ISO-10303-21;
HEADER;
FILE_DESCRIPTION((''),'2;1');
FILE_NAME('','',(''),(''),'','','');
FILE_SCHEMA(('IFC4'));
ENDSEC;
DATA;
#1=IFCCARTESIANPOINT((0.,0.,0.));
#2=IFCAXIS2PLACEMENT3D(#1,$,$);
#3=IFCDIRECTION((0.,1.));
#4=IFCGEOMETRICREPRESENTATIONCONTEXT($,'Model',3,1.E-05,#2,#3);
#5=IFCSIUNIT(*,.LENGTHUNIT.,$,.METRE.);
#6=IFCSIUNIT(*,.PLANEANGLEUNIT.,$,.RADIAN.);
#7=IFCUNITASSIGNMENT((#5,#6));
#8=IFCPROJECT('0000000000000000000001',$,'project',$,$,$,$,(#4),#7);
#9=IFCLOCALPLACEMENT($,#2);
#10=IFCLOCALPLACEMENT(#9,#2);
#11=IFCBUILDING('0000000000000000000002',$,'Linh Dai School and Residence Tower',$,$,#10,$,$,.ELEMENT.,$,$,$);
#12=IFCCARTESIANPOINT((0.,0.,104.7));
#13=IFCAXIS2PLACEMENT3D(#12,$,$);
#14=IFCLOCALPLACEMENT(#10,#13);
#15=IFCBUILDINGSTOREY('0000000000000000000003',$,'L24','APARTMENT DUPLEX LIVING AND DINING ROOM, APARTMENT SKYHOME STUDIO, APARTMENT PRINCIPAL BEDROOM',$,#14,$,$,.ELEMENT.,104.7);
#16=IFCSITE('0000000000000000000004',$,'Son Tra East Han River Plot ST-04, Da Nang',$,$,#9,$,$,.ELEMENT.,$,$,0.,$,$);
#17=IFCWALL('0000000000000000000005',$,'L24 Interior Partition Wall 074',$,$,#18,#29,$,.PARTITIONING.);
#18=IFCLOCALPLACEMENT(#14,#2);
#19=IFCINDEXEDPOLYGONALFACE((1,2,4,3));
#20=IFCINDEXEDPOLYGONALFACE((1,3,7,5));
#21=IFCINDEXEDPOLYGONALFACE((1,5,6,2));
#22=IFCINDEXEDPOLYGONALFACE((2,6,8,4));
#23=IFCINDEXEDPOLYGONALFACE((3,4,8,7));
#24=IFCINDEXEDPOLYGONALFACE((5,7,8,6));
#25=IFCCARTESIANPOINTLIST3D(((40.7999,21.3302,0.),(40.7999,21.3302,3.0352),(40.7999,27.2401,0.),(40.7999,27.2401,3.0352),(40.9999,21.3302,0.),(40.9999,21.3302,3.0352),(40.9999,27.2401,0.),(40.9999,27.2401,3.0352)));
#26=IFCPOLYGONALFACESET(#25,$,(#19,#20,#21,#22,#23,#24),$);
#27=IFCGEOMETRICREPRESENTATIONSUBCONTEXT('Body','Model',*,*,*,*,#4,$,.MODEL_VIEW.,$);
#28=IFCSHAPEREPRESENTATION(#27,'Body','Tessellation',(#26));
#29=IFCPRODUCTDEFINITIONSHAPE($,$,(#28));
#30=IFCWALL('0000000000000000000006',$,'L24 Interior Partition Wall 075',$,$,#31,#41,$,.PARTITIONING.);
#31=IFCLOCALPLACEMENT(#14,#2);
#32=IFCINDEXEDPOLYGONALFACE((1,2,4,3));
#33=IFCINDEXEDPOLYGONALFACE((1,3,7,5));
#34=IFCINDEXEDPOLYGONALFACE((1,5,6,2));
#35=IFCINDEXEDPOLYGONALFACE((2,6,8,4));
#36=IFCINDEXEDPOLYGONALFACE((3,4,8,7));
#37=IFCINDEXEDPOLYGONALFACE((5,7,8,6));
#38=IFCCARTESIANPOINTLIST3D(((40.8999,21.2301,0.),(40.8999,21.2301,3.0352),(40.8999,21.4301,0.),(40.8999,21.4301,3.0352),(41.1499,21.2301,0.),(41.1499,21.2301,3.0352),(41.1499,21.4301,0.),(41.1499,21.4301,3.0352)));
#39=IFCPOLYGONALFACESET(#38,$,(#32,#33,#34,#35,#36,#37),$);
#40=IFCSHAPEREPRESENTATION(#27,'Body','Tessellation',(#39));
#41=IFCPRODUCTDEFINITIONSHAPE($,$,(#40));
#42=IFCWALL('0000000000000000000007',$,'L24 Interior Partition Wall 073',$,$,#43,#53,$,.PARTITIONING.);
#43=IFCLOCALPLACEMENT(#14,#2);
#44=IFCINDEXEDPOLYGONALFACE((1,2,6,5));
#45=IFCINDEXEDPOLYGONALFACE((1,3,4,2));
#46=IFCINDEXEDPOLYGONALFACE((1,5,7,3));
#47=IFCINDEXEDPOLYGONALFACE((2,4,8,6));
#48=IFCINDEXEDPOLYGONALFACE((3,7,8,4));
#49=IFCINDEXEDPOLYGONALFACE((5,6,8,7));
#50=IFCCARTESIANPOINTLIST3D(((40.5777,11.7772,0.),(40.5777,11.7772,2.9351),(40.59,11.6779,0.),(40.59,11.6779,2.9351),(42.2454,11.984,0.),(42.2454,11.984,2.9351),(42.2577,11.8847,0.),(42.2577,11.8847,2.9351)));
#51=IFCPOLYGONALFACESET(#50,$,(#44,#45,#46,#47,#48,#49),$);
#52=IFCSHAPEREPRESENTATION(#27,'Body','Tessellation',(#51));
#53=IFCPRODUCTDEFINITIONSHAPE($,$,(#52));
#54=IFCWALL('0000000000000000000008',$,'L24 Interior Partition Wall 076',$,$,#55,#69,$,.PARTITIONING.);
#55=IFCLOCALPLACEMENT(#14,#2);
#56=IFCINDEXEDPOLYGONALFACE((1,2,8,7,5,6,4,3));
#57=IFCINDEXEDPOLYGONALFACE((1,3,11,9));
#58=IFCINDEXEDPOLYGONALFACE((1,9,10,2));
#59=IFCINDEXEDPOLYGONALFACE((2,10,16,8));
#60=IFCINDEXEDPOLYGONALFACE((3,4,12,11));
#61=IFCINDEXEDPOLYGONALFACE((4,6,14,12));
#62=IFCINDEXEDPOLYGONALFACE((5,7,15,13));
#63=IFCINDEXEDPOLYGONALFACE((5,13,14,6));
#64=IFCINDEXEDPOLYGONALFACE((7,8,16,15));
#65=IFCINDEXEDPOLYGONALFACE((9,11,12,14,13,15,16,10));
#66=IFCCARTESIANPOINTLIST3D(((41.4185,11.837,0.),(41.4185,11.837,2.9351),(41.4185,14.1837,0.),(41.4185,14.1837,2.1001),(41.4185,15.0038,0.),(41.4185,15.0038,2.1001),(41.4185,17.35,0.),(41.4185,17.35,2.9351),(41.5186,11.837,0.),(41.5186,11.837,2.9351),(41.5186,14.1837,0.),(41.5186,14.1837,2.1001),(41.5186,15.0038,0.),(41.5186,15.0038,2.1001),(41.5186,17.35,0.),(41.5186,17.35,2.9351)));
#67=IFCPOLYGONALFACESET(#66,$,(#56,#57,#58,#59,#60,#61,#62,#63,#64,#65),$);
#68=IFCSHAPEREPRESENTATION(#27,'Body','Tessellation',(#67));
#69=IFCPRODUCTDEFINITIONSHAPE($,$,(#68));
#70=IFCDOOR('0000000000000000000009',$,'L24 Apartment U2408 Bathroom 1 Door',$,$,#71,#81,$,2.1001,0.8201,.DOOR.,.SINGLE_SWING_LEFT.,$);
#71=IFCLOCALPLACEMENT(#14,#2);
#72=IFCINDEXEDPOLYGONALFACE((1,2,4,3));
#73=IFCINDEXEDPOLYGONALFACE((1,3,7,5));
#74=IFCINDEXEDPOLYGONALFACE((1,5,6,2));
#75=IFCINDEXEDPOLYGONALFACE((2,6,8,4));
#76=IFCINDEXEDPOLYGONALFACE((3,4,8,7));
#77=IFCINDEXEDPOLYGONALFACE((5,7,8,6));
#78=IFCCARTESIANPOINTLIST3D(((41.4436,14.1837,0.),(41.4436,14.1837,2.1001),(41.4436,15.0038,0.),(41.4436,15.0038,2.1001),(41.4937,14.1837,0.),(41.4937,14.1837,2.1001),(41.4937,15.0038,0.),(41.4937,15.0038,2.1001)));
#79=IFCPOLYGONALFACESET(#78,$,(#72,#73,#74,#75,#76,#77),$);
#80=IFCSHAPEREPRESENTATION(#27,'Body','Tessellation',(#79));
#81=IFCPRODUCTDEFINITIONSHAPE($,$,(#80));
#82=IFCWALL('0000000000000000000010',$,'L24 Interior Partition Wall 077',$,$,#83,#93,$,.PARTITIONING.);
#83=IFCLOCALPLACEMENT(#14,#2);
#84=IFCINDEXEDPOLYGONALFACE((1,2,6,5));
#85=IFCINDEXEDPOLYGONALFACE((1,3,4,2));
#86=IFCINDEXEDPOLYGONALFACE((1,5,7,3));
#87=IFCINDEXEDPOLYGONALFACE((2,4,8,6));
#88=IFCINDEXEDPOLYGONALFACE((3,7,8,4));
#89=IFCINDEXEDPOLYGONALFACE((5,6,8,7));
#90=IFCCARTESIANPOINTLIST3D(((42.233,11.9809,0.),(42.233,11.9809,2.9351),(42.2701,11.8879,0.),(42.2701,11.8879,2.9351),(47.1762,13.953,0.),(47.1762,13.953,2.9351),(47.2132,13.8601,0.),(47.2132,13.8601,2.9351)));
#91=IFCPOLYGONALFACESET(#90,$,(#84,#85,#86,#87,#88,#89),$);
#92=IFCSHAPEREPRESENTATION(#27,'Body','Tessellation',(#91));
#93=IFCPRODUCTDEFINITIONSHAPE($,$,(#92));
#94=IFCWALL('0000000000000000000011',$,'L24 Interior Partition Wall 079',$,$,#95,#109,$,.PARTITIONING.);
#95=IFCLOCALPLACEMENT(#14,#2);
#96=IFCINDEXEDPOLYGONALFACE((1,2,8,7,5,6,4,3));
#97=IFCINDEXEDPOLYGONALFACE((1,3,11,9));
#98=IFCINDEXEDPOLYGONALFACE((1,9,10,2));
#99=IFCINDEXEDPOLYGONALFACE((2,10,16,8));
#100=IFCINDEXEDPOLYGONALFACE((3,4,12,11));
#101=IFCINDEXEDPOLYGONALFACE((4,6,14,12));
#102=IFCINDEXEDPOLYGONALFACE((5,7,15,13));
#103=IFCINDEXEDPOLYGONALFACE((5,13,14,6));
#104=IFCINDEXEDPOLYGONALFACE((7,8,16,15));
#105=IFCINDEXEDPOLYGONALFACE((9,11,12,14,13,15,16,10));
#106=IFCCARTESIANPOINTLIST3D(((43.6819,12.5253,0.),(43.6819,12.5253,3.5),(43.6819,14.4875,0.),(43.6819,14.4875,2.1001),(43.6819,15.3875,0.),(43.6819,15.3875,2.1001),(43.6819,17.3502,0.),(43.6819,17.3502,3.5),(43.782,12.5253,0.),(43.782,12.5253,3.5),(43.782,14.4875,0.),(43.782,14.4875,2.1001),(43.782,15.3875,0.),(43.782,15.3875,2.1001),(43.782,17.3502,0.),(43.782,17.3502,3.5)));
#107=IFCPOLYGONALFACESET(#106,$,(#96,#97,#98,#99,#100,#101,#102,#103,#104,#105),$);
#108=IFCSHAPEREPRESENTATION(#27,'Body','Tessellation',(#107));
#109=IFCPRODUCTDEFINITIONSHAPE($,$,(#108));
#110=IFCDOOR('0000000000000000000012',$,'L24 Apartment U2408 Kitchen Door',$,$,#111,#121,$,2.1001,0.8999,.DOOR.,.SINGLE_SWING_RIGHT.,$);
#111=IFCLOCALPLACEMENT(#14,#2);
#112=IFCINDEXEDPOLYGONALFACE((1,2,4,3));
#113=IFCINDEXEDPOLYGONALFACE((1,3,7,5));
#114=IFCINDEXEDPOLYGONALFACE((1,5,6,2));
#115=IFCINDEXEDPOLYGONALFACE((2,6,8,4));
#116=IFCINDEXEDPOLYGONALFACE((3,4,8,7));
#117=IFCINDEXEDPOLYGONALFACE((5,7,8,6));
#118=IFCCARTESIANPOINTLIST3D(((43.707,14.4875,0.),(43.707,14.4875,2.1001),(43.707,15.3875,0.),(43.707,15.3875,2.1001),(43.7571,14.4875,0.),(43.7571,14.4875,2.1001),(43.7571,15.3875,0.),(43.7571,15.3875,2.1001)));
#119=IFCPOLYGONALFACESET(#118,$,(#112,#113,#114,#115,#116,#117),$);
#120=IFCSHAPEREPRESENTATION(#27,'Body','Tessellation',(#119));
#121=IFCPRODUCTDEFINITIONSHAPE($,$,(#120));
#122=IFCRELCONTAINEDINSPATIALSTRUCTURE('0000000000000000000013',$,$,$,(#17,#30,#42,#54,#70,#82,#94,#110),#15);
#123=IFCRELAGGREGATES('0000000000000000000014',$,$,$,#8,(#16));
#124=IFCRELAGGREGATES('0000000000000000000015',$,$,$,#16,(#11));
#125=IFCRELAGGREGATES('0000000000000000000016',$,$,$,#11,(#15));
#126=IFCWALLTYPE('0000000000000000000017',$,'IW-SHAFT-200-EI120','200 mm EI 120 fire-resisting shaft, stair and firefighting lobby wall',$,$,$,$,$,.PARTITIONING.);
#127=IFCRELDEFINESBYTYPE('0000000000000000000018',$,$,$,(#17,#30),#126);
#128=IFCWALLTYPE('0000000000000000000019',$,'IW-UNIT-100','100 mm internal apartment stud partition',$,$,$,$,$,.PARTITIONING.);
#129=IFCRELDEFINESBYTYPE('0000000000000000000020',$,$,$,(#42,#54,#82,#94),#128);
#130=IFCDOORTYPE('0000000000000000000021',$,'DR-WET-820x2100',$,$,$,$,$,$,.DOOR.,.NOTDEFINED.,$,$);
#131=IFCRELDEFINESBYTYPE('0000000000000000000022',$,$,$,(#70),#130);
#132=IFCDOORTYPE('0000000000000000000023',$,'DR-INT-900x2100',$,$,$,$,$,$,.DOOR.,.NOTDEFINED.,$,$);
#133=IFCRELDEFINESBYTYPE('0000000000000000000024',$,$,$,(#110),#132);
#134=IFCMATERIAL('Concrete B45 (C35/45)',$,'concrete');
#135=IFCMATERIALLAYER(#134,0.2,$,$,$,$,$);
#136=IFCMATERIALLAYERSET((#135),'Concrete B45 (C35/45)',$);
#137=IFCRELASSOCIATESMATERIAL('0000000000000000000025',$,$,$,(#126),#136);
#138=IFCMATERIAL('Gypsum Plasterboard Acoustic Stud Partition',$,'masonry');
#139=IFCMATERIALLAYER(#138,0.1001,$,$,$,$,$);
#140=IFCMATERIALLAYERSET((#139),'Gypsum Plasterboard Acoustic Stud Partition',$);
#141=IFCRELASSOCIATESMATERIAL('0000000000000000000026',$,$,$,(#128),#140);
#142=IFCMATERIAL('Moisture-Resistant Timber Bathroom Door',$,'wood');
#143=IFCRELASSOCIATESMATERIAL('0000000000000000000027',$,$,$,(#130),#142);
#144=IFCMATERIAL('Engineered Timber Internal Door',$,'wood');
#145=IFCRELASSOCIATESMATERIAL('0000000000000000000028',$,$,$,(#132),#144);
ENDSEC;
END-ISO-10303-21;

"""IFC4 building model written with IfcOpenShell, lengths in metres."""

from ifc_helpers import new_model, si_unit, direction, frame, frame_2d, origin, origin_2d, place, context, subcontext, project, spatial, rectangle, extrude, source, transform, mapped, material, layer, layer_set, type_object, element, fill, save


model = new_model("IFC4")

# Units and contexts
model_context = context("Model", 3, precision=1e-05, world=origin(), true_north=direction((0.0, 1.0)))
body_context = subcontext(model_context, "Body", "Model", "MODEL_VIEW")
ifc_project = project(units=[si_unit("LENGTHUNIT", "METRE"), si_unit("PLANEANGLEUNIT", "RADIAN")], contexts=[model_context])

# Site, building, storey
site_placement = place(None, origin())
site = spatial("IfcSite", under=ifc_project, at=site_placement, Name="Son Tra East Han River Plot ST-04, Da Nang", CompositionType="ELEMENT", RefElevation=0.0)
building_placement = place(site_placement, origin())
building = spatial("IfcBuilding", under=site, at=building_placement, Name="Linh Dai School and Residence Tower", CompositionType="ELEMENT")
storey_placement = place(building_placement, frame((0.0, 0.0, 104.7)))
storey = spatial("IfcBuildingStorey", under=building, at=storey_placement, Name="L24", Description="APARTMENT DUPLEX LIVING AND DINING ROOM, APARTMENT SKYHOME STUDIO, APARTMENT PRINCIPAL BEDROOM", CompositionType="ELEMENT", Elevation=104.7)

# Walls
ifc_material_1 = material(Name="Concrete B45 (C35/45)", Category="concrete")
ifc_layer_1 = layer(ifc_material_1, 0.2)
ifc_layer_set_1 = layer_set([ifc_layer_1], Name="Concrete B45 (C35/45)")
wall_type_1 = type_object("IfcWallType", Name="IW-SHAFT-200-EI120", Description="200 mm EI 120 fire-resisting shaft, stair and firefighting lobby wall", PredefinedType="PARTITIONING", material=ifc_layer_set_1)
wall_1_placement = place(storey_placement, frame((40.8999, 21.3301, 0.0), z_axis=(0.0, 0.0, 1.0), x_axis=(0.0, 1.0, 0.0)))
element("IfcWall", 1, at=wall_1_placement, inside=storey, type_object=wall_type_1, Name="L24 Interior Partition Wall 074", PredefinedType="PARTITIONING", context=body_context, shape_type="SweptSolid", body=[
    extrude(rectangle(XDim=5.9099, YDim=0.2, at=frame_2d((2.9551, 0.0))), origin(), (0.0, 0.0, 1.0), 3.0352),
])
wall_2_placement = place(storey_placement, frame((40.8999, 21.3301, 0.0), z_axis=(0.0, 0.0, 1.0), x_axis=(1.0, 0.0, 0.0)))
element("IfcWall", 2, at=wall_2_placement, inside=storey, type_object=wall_type_1, Name="L24 Interior Partition Wall 075", PredefinedType="PARTITIONING", context=body_context, shape_type="SweptSolid", body=[
    extrude(rectangle(XDim=0.25, YDim=0.2, at=frame_2d((0.125, 0.0))), origin(), (0.0, 0.0, 1.0), 3.0352),
])
ifc_material_2 = material(Name="Gypsum Plasterboard Acoustic Stud Partition", Category="masonry")
ifc_layer_2 = layer(ifc_material_2, 0.1001)
ifc_layer_set_2 = layer_set([ifc_layer_2], Name="Gypsum Plasterboard Acoustic Stud Partition")
wall_type_2 = type_object("IfcWallType", Name="IW-UNIT-100", Description="100 mm internal apartment stud partition", PredefinedType="PARTITIONING", material=ifc_layer_set_2)
wall_3_placement = place(storey_placement, frame((40.5837, 11.7275, 0.0), z_axis=(0.0, 0.0, 1.0), x_axis=(0.9924, 0.123051, 0.0)))
element("IfcWall", 3, at=wall_3_placement, inside=storey, type_object=wall_type_2, Name="L24 Interior Partition Wall 073", PredefinedType="PARTITIONING", context=body_context, shape_type="SweptSolid", body=[
    extrude(rectangle(XDim=1.6804, YDim=0.1001, at=frame_2d((0.8403, 0.0))), origin(), (0.0, 0.0, 1.0), 2.9351),
])

# Wall, opening, door
wall_4_placement = place(storey_placement, frame((41.4685, 11.8372, 0.0), z_axis=(0.0, 0.0, 1.0), x_axis=(0.0, 1.0, 0.0)))
wall_4 = element("IfcWall", 4, at=wall_4_placement, inside=storey, type_object=wall_type_2, Name="L24 Interior Partition Wall 076", PredefinedType="PARTITIONING", context=body_context, shape_type="SweptSolid", body=[
    extrude(rectangle(XDim=5.5129, YDim=0.1001, at=frame_2d((2.7563, 0.0))), origin(), (0.0, 0.0, 1.0), 2.9351),
])
opening_1_placement = place(wall_4_placement, frame((2.3464, 0.0, 0.0)))
opening_1 = element("IfcOpeningElement", 5, at=opening_1_placement, cuts=wall_4, PredefinedType="OPENING", context=body_context, shape_type="SweptSolid", body=[
    extrude(rectangle(XDim=0.8201, YDim=2.1001, at=origin_2d()), frame((0.4102, 0.0601, 1.05), z_axis=(0.0, -1.0, 0.0), x_axis=(1.0, 0.0, 0.0)), (0.0, 0.0, 1.0), 0.1201),
])
ifc_material_3 = material(Name="Moisture-Resistant Timber Bathroom Door", Category="wood")
door_type_1 = type_object("IfcDoorType", Name="DR-WET-820x2100", OperationType="NOTDEFINED", PredefinedType="DOOR", material=ifc_material_3)
shared_shape_1 = source(origin(), body_context, "Body", "SweptSolid", [
    extrude(rectangle(XDim=0.8201, YDim=2.1001, at=origin_2d()), frame((0.4102, 0.0249, 1.05), z_axis=(0.0, -1.0, 0.0), x_axis=(1.0, 0.0, 0.0)), (0.0, 0.0, 1.0), 0.05),
])
door_1_placement = place(opening_1_placement, origin())
door_1 = element("IfcDoor", 6, at=door_1_placement, inside=storey, type_object=door_type_1, Name="L24 Apartment U2408 Bathroom 1 Door", OperationType="SINGLE_SWING_LEFT", OverallHeight=2.1001, OverallWidth=0.8201, PredefinedType="DOOR", context=body_context, shape_type="MappedRepresentation", body=[
    mapped(shared_shape_1, transform((0.0, 0.0, 0.0), x_axis=(1.0, 0.0, 0.0), y_axis=(0.0, 1.0, 0.0), z_axis=(0.0, 0.0, 1.0), scale=1.0)),
])
fill(opening_1, door_1)

# Wall
wall_5_placement = place(storey_placement, frame((42.2515, 11.9343, 0.0), z_axis=(0.0, 0.0, 1.0), x_axis=(0.928805, 0.370568, 0.0)))
element("IfcWall", 7, at=wall_5_placement, inside=storey, type_object=wall_type_2, Name="L24 Interior Partition Wall 077", PredefinedType="PARTITIONING", context=body_context, shape_type="SweptSolid", body=[
    extrude(rectangle(XDim=5.322, YDim=0.1001, at=frame_2d((2.6611, 0.0))), origin(), (0.0, 0.0, 1.0), 2.9351),
])

# Wall, opening, door
wall_6_placement = place(storey_placement, frame((43.7319, 12.5251, 0.0), z_axis=(0.0, 0.0, 1.0), x_axis=(0.0, 1.0, 0.0)))
wall_6 = element("IfcWall", 8, at=wall_6_placement, inside=storey, type_object=wall_type_2, Name="L24 Interior Partition Wall 079", PredefinedType="PARTITIONING", context=body_context, shape_type="SweptSolid", body=[
    extrude(rectangle(XDim=4.825, YDim=0.1001, at=frame_2d((2.4126, 0.0))), origin(), (0.0, 0.0, 1.0), 3.5),
])
opening_2_placement = place(wall_6_placement, frame((1.9624, 0.0, 0.0)))
opening_2 = element("IfcOpeningElement", 9, at=opening_2_placement, cuts=wall_6, PredefinedType="OPENING", context=body_context, shape_type="SweptSolid", body=[
    extrude(rectangle(XDim=0.8999, YDim=2.1001, at=origin_2d()), frame((0.45, 0.0601, 1.05), z_axis=(0.0, -1.0, 0.0), x_axis=(1.0, 0.0, 0.0)), (0.0, 0.0, 1.0), 0.1201),
])
ifc_material_4 = material(Name="Engineered Timber Internal Door", Category="wood")
door_type_2 = type_object("IfcDoorType", Name="DR-INT-900x2100", OperationType="NOTDEFINED", PredefinedType="DOOR", material=ifc_material_4)
shared_shape_2 = source(origin(), body_context, "Body", "SweptSolid", [
    extrude(rectangle(XDim=0.8999, YDim=2.1001, at=origin_2d()), frame((0.45, 0.0249, 1.05), z_axis=(0.0, -1.0, 0.0), x_axis=(1.0, 0.0, 0.0)), (0.0, 0.0, 1.0), 0.05),
])
door_2_placement = place(opening_2_placement, origin())
door_2 = element("IfcDoor", 10, at=door_2_placement, inside=storey, type_object=door_type_2, Name="L24 Apartment U2408 Kitchen Door", OperationType="SINGLE_SWING_RIGHT", OverallHeight=2.1001, OverallWidth=0.8999, PredefinedType="DOOR", context=body_context, shape_type="MappedRepresentation", body=[
    mapped(shared_shape_2, transform((0.0, 0.0, 0.0), x_axis=(1.0, 0.0, 0.0), y_axis=(0.0, 1.0, 0.0), z_axis=(0.0, 0.0, 1.0), scale=1.0)),
])
fill(opening_2, door_2)

save(model, "model.ifc")
